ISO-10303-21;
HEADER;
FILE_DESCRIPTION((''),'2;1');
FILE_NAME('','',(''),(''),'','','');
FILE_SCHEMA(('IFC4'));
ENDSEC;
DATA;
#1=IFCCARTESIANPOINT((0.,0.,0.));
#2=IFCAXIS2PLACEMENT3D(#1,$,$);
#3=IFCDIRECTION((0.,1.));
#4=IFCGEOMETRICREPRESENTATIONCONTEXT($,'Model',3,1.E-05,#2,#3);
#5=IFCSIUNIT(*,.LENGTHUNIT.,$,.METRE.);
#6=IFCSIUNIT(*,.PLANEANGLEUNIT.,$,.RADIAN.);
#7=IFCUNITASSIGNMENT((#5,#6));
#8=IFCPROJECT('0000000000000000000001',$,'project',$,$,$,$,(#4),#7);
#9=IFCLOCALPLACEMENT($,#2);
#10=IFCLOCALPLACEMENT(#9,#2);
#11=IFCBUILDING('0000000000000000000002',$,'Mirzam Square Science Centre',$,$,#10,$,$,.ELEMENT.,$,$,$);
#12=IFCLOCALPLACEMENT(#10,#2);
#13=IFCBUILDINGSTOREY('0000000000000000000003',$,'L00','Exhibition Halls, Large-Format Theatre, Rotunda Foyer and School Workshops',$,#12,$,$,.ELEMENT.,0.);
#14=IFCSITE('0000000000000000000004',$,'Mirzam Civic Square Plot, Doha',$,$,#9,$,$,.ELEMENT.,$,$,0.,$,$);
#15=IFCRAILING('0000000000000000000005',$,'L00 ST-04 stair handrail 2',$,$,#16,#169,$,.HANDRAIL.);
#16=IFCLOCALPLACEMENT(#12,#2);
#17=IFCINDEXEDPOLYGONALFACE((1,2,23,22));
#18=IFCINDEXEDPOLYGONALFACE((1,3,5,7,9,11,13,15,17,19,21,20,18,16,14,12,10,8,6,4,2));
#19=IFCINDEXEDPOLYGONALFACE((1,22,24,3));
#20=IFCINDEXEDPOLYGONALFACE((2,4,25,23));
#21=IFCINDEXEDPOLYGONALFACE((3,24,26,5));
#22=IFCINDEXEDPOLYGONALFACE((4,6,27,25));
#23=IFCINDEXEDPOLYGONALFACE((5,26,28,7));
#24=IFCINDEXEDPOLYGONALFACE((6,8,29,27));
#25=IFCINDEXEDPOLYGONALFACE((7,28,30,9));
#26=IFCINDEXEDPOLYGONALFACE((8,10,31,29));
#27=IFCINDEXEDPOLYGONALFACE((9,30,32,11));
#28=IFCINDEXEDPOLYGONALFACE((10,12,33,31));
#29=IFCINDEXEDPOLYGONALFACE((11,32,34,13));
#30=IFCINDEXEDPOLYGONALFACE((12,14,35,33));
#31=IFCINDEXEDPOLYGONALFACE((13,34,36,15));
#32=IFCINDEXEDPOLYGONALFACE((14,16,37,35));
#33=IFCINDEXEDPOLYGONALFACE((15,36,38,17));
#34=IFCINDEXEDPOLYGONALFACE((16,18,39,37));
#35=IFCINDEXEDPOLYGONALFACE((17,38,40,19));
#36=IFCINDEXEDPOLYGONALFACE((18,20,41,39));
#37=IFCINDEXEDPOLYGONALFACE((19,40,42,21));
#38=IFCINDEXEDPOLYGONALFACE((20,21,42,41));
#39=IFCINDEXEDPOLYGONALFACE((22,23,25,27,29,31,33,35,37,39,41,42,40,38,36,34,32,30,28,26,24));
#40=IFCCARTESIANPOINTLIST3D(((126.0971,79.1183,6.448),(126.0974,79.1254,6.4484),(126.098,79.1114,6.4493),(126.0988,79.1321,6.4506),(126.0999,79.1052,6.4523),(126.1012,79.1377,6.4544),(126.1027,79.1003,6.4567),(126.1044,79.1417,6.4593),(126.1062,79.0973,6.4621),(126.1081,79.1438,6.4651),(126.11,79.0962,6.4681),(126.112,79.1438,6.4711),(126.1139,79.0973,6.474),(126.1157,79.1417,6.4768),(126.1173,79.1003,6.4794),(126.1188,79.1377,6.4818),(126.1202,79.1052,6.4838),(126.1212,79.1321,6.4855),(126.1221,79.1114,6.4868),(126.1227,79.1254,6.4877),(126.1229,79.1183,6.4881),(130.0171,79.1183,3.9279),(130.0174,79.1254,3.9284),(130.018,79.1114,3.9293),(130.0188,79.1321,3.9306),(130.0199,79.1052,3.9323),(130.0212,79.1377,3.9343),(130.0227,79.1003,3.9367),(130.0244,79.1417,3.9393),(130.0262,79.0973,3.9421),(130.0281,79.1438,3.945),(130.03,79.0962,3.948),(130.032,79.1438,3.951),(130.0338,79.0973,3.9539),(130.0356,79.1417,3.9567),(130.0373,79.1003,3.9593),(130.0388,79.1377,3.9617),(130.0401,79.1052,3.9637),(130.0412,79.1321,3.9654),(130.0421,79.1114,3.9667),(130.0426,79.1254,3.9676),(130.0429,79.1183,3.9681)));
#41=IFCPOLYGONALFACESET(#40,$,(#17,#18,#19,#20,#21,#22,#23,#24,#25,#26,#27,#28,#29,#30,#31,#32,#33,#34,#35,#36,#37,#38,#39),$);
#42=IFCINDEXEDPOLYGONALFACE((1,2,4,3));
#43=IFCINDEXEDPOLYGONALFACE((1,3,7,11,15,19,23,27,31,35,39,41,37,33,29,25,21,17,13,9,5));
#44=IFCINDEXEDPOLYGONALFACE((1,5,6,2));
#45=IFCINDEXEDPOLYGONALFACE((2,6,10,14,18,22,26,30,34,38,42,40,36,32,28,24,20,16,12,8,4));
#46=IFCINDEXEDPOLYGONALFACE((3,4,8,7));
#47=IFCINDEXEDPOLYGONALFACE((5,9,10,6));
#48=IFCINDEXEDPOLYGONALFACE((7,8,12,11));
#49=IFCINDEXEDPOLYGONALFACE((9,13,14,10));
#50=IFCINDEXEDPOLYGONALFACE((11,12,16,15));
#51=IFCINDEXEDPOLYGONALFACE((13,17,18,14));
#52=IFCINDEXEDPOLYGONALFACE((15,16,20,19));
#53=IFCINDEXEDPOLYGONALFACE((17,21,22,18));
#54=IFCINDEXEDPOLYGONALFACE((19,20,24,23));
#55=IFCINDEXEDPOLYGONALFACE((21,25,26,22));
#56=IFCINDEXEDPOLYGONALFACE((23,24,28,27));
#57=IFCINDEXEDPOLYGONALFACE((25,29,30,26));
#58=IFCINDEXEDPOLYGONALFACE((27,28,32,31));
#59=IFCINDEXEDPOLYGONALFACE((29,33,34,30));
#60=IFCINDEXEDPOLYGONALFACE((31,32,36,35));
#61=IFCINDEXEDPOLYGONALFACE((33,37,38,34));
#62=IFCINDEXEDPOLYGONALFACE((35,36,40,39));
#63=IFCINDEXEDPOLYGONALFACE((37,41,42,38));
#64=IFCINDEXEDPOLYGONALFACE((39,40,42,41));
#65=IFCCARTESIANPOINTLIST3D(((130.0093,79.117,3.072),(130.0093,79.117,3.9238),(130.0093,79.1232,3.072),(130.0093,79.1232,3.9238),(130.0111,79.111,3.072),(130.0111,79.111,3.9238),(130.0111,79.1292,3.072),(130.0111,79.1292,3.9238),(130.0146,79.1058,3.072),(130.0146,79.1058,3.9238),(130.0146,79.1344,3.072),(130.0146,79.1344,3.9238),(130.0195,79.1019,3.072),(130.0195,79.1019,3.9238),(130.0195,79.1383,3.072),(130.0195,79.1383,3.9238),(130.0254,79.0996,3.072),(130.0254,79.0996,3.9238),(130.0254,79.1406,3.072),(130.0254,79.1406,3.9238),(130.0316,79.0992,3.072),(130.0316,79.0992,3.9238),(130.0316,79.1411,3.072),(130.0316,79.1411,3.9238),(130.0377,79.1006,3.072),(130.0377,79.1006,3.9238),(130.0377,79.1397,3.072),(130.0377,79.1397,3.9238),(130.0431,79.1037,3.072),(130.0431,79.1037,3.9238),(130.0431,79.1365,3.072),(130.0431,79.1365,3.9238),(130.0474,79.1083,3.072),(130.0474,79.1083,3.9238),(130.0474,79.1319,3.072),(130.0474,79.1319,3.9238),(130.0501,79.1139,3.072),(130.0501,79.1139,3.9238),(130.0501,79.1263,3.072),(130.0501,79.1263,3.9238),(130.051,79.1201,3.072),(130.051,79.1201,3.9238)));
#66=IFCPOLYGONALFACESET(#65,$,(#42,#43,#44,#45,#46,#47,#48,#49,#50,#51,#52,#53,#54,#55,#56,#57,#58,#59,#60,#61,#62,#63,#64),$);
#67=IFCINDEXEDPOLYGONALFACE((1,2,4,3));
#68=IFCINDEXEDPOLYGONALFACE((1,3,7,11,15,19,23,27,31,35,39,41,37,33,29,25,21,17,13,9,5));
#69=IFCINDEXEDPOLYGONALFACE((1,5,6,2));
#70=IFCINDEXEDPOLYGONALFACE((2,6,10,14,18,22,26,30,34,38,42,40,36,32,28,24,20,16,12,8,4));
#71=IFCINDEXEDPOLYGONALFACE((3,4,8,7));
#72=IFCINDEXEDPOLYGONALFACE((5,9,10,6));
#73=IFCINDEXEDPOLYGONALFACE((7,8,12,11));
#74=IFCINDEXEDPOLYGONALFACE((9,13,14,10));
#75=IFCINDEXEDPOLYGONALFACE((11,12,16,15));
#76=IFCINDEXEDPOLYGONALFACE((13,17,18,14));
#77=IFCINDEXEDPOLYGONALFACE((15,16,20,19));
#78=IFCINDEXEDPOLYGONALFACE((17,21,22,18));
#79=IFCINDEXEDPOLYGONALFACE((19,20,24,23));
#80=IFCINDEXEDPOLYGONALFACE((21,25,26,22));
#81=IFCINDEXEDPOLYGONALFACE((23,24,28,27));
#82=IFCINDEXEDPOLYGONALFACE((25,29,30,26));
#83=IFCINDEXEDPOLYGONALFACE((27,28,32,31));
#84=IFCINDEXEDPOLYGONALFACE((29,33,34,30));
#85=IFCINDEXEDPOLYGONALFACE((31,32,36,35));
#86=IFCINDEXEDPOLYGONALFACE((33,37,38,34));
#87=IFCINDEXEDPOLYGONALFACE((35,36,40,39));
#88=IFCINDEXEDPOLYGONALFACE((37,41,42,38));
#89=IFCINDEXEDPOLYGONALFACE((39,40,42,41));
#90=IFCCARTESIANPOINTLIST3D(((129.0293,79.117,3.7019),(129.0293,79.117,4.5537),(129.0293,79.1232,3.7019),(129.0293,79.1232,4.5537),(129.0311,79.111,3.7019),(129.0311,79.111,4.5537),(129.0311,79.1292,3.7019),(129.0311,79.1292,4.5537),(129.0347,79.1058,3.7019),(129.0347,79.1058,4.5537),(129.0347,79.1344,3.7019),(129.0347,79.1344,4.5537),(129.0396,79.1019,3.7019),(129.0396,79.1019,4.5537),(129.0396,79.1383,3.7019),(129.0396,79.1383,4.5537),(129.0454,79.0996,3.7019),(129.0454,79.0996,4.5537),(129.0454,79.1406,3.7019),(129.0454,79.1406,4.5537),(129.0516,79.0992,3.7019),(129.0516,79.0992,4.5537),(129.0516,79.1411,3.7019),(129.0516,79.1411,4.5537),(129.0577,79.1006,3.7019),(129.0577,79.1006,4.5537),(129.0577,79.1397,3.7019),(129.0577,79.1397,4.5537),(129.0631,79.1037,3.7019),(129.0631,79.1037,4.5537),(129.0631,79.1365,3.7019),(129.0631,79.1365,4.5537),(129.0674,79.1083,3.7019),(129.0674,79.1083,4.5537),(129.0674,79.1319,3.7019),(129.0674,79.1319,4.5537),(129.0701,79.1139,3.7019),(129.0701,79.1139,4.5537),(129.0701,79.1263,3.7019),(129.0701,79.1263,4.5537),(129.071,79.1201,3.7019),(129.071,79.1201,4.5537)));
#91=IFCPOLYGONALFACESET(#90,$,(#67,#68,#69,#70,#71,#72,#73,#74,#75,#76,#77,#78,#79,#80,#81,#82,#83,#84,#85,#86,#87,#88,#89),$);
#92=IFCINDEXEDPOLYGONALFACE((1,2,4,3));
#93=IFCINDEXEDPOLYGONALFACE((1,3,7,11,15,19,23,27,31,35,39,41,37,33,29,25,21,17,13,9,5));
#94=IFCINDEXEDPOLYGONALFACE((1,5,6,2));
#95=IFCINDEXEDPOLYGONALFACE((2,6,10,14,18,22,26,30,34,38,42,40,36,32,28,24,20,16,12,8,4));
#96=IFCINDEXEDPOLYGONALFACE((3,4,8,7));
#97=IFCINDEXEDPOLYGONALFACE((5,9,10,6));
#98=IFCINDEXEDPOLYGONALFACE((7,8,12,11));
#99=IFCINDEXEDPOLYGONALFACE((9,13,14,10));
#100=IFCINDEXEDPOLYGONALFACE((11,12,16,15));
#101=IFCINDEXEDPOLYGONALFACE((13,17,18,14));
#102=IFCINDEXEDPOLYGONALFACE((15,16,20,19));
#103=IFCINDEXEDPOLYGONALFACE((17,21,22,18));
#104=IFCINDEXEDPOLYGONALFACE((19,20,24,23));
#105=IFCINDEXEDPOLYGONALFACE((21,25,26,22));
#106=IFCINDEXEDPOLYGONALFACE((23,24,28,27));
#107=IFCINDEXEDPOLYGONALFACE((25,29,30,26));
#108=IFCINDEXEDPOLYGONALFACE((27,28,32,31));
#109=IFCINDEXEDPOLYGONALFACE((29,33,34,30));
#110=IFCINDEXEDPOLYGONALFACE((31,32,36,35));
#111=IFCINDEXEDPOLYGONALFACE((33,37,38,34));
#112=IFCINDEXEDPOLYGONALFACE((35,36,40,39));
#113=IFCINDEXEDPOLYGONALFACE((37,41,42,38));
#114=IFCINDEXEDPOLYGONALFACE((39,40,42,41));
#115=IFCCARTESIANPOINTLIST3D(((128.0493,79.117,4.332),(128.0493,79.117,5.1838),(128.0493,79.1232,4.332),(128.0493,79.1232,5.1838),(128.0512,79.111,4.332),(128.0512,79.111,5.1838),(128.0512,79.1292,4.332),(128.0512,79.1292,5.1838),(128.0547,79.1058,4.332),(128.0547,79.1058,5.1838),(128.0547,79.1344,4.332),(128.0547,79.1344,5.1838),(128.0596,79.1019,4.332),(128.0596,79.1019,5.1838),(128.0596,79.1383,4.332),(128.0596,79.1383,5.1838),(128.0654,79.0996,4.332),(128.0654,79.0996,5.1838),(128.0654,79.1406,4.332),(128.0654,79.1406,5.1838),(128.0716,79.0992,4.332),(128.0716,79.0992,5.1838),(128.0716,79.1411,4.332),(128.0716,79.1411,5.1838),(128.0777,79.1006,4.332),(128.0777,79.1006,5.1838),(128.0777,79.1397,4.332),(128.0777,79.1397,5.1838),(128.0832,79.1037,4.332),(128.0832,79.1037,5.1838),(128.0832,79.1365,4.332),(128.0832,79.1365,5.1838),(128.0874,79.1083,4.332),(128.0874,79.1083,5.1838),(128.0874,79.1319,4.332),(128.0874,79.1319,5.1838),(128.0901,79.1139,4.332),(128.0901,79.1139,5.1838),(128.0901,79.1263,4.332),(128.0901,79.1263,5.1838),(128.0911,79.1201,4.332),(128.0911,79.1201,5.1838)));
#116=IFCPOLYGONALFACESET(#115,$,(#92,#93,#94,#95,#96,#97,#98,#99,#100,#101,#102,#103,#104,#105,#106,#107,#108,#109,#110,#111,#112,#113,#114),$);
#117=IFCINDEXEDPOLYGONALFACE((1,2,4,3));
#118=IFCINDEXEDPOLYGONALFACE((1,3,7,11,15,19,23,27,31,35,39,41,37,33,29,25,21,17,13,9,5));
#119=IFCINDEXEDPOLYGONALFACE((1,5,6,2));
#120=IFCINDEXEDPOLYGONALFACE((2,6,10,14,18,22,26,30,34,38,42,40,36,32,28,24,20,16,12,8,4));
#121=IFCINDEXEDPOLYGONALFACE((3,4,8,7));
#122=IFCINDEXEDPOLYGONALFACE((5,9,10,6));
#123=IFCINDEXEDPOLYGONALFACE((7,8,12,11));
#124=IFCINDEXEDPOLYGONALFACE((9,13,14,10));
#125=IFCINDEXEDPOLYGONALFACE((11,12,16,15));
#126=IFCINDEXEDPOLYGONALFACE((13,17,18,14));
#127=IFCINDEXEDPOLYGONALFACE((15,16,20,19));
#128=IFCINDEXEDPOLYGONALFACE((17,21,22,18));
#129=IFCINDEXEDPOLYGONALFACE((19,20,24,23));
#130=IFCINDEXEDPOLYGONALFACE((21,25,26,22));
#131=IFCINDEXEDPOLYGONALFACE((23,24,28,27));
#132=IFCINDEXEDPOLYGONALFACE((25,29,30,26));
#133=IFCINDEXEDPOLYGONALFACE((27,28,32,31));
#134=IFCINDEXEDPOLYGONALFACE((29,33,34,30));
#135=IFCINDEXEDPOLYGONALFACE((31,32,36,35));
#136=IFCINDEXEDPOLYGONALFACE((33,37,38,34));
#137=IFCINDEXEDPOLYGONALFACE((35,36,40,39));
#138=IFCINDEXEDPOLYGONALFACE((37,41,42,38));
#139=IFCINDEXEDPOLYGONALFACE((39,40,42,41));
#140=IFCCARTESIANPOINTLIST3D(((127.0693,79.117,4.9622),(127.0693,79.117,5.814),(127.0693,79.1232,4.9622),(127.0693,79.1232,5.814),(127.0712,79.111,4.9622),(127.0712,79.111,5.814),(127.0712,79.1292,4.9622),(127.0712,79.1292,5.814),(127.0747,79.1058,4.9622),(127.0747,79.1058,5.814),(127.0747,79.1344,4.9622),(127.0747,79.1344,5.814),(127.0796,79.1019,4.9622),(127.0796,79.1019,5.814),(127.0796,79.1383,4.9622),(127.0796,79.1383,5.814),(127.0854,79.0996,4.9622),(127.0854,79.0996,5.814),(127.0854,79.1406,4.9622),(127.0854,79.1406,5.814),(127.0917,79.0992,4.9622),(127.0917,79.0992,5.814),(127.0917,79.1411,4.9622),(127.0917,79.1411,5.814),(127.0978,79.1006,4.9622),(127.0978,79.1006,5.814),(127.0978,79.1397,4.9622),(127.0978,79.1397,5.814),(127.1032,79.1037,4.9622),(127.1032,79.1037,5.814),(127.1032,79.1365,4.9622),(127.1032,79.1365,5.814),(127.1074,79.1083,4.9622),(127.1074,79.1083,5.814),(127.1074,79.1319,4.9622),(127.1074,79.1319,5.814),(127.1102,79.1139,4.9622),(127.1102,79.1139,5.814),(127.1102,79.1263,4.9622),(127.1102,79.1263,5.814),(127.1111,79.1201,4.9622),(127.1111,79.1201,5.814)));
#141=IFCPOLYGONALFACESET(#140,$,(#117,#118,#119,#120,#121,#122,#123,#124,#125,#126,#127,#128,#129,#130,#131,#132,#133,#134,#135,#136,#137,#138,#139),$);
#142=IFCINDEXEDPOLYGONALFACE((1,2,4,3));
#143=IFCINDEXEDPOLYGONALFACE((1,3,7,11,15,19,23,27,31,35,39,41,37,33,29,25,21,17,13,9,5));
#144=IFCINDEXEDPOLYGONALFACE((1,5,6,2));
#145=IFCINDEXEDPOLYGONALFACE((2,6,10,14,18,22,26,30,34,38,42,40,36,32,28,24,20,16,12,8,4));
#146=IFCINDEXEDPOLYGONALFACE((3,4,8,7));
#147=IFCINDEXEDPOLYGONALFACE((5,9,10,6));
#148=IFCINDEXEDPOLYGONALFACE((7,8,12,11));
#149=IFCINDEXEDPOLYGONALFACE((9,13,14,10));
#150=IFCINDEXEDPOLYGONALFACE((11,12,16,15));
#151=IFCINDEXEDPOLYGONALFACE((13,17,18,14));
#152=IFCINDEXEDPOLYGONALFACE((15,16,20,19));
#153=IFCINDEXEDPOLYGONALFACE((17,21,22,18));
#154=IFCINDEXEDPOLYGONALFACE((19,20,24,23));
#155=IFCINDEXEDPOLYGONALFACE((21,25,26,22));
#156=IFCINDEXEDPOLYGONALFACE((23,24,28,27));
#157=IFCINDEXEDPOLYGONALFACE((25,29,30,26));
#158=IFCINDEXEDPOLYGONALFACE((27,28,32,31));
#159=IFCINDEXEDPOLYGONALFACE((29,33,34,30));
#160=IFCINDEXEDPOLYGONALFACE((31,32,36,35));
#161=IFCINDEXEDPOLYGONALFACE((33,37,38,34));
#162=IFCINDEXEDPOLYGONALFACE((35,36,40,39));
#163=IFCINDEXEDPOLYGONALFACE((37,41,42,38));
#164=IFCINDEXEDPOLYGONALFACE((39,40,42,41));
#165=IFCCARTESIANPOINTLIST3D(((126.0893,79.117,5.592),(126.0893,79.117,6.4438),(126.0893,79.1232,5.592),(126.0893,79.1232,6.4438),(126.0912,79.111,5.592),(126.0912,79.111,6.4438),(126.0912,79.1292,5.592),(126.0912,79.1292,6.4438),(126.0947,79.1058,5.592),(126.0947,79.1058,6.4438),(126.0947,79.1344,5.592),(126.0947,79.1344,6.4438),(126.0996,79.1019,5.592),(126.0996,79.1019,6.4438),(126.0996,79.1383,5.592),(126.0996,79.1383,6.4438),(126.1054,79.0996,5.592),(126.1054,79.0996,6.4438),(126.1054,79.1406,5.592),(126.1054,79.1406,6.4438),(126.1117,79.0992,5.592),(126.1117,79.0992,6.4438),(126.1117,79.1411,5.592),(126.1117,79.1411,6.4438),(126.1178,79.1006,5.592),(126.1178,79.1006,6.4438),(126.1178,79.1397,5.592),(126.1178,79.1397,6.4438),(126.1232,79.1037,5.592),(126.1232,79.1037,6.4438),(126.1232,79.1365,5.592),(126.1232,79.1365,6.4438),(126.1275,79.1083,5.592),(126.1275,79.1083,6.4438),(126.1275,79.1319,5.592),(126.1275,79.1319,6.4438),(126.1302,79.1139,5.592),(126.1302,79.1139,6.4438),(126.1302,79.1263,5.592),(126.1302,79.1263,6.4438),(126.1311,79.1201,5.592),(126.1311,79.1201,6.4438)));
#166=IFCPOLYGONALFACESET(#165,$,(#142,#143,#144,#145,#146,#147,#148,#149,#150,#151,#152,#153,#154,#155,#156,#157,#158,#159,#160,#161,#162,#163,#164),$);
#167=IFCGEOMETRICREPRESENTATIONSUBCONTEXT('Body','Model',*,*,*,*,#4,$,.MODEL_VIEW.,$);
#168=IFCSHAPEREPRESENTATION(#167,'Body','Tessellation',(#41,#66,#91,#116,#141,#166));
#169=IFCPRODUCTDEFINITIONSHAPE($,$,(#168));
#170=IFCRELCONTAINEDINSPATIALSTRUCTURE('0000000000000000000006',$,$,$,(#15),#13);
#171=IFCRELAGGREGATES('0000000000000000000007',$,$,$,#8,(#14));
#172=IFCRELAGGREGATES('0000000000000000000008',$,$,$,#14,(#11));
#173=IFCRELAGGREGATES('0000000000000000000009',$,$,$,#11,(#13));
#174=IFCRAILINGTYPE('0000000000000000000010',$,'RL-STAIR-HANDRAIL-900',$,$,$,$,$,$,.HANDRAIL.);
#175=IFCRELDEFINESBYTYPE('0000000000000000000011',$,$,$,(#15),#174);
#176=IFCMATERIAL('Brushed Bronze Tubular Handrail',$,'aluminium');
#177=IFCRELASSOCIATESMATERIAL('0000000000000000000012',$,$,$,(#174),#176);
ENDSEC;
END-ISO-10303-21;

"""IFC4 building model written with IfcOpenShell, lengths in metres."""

from ifc_helpers import new_model, si_unit, direction, frame, origin, origin_2d, place, context, subcontext, project, spatial, circle, extrude, material, type_object, element, save


model = new_model("IFC4")

# Units and contexts
model_context = context("Model", 3, precision=1e-05, world=origin(), true_north=direction((0.0, 1.0)))
body_context = subcontext(model_context, "Body", "Model", "MODEL_VIEW")
ifc_project = project(units=[si_unit("LENGTHUNIT", "METRE"), si_unit("PLANEANGLEUNIT", "RADIAN")], contexts=[model_context])

# Site, building, storey
site_placement = place(None, origin())
site = spatial("IfcSite", under=ifc_project, at=site_placement, Name="Mirzam Civic Square Plot, Doha", CompositionType="ELEMENT", RefElevation=0.0)
building_placement = place(site_placement, origin())
building = spatial("IfcBuilding", under=site, at=building_placement, Name="Mirzam Square Science Centre", CompositionType="ELEMENT")
storey_placement = place(building_placement, origin())
storey = spatial("IfcBuildingStorey", under=building, at=storey_placement, Name="L00", Description="Exhibition Halls, Large-Format Theatre, Rotunda Foyer and School Workshops", CompositionType="ELEMENT", Elevation=0.0)

# Railing
ifc_material_1 = material(Name="Brushed Bronze Tubular Handrail", Category="aluminium")
railing_type_1 = type_object("IfcRailingType", Name="RL-STAIR-HANDRAIL-900", PredefinedType="HANDRAIL", material=ifc_material_1)
railing_1_placement = place(storey_placement, frame((130.03, 79.1201, 3.072)))
element("IfcRailing", 1, at=railing_1_placement, inside=storey, type_object=railing_type_1, Name="L00 ST-04 stair handrail 2", PredefinedType="HANDRAIL", context=body_context, shape_type="SweptSolid", body=[
    extrude(circle(Radius=0.0239, at=origin_2d()), frame((0.0, 0.0, 0.876), z_axis=(-0.841172, 0.0, 0.540768), x_axis=(0.0, -1.0, 0.0)), (0.0, 0.0, 1.0), 4.6602),
    extrude(circle(Radius=0.021, at=origin_2d()), origin(), (0.0, 0.0, 1.0), 0.8518),
    extrude(circle(Radius=0.021, at=origin_2d()), frame((-0.98, 0.0, 0.6299)), (0.0, 0.0, 1.0), 0.8518),
    extrude(circle(Radius=0.021, at=origin_2d()), frame((-1.96, 0.0, 1.26)), (0.0, 0.0, 1.0), 0.8518),
    extrude(circle(Radius=0.021, at=origin_2d()), frame((-2.9399, 0.0, 1.8901)), (0.0, 0.0, 1.0), 0.8518),
    extrude(circle(Radius=0.021, at=origin_2d()), frame((-3.9199, 0.0, 2.52)), (0.0, 0.0, 1.0), 0.8518),
])

save(model, "model.ifc")
